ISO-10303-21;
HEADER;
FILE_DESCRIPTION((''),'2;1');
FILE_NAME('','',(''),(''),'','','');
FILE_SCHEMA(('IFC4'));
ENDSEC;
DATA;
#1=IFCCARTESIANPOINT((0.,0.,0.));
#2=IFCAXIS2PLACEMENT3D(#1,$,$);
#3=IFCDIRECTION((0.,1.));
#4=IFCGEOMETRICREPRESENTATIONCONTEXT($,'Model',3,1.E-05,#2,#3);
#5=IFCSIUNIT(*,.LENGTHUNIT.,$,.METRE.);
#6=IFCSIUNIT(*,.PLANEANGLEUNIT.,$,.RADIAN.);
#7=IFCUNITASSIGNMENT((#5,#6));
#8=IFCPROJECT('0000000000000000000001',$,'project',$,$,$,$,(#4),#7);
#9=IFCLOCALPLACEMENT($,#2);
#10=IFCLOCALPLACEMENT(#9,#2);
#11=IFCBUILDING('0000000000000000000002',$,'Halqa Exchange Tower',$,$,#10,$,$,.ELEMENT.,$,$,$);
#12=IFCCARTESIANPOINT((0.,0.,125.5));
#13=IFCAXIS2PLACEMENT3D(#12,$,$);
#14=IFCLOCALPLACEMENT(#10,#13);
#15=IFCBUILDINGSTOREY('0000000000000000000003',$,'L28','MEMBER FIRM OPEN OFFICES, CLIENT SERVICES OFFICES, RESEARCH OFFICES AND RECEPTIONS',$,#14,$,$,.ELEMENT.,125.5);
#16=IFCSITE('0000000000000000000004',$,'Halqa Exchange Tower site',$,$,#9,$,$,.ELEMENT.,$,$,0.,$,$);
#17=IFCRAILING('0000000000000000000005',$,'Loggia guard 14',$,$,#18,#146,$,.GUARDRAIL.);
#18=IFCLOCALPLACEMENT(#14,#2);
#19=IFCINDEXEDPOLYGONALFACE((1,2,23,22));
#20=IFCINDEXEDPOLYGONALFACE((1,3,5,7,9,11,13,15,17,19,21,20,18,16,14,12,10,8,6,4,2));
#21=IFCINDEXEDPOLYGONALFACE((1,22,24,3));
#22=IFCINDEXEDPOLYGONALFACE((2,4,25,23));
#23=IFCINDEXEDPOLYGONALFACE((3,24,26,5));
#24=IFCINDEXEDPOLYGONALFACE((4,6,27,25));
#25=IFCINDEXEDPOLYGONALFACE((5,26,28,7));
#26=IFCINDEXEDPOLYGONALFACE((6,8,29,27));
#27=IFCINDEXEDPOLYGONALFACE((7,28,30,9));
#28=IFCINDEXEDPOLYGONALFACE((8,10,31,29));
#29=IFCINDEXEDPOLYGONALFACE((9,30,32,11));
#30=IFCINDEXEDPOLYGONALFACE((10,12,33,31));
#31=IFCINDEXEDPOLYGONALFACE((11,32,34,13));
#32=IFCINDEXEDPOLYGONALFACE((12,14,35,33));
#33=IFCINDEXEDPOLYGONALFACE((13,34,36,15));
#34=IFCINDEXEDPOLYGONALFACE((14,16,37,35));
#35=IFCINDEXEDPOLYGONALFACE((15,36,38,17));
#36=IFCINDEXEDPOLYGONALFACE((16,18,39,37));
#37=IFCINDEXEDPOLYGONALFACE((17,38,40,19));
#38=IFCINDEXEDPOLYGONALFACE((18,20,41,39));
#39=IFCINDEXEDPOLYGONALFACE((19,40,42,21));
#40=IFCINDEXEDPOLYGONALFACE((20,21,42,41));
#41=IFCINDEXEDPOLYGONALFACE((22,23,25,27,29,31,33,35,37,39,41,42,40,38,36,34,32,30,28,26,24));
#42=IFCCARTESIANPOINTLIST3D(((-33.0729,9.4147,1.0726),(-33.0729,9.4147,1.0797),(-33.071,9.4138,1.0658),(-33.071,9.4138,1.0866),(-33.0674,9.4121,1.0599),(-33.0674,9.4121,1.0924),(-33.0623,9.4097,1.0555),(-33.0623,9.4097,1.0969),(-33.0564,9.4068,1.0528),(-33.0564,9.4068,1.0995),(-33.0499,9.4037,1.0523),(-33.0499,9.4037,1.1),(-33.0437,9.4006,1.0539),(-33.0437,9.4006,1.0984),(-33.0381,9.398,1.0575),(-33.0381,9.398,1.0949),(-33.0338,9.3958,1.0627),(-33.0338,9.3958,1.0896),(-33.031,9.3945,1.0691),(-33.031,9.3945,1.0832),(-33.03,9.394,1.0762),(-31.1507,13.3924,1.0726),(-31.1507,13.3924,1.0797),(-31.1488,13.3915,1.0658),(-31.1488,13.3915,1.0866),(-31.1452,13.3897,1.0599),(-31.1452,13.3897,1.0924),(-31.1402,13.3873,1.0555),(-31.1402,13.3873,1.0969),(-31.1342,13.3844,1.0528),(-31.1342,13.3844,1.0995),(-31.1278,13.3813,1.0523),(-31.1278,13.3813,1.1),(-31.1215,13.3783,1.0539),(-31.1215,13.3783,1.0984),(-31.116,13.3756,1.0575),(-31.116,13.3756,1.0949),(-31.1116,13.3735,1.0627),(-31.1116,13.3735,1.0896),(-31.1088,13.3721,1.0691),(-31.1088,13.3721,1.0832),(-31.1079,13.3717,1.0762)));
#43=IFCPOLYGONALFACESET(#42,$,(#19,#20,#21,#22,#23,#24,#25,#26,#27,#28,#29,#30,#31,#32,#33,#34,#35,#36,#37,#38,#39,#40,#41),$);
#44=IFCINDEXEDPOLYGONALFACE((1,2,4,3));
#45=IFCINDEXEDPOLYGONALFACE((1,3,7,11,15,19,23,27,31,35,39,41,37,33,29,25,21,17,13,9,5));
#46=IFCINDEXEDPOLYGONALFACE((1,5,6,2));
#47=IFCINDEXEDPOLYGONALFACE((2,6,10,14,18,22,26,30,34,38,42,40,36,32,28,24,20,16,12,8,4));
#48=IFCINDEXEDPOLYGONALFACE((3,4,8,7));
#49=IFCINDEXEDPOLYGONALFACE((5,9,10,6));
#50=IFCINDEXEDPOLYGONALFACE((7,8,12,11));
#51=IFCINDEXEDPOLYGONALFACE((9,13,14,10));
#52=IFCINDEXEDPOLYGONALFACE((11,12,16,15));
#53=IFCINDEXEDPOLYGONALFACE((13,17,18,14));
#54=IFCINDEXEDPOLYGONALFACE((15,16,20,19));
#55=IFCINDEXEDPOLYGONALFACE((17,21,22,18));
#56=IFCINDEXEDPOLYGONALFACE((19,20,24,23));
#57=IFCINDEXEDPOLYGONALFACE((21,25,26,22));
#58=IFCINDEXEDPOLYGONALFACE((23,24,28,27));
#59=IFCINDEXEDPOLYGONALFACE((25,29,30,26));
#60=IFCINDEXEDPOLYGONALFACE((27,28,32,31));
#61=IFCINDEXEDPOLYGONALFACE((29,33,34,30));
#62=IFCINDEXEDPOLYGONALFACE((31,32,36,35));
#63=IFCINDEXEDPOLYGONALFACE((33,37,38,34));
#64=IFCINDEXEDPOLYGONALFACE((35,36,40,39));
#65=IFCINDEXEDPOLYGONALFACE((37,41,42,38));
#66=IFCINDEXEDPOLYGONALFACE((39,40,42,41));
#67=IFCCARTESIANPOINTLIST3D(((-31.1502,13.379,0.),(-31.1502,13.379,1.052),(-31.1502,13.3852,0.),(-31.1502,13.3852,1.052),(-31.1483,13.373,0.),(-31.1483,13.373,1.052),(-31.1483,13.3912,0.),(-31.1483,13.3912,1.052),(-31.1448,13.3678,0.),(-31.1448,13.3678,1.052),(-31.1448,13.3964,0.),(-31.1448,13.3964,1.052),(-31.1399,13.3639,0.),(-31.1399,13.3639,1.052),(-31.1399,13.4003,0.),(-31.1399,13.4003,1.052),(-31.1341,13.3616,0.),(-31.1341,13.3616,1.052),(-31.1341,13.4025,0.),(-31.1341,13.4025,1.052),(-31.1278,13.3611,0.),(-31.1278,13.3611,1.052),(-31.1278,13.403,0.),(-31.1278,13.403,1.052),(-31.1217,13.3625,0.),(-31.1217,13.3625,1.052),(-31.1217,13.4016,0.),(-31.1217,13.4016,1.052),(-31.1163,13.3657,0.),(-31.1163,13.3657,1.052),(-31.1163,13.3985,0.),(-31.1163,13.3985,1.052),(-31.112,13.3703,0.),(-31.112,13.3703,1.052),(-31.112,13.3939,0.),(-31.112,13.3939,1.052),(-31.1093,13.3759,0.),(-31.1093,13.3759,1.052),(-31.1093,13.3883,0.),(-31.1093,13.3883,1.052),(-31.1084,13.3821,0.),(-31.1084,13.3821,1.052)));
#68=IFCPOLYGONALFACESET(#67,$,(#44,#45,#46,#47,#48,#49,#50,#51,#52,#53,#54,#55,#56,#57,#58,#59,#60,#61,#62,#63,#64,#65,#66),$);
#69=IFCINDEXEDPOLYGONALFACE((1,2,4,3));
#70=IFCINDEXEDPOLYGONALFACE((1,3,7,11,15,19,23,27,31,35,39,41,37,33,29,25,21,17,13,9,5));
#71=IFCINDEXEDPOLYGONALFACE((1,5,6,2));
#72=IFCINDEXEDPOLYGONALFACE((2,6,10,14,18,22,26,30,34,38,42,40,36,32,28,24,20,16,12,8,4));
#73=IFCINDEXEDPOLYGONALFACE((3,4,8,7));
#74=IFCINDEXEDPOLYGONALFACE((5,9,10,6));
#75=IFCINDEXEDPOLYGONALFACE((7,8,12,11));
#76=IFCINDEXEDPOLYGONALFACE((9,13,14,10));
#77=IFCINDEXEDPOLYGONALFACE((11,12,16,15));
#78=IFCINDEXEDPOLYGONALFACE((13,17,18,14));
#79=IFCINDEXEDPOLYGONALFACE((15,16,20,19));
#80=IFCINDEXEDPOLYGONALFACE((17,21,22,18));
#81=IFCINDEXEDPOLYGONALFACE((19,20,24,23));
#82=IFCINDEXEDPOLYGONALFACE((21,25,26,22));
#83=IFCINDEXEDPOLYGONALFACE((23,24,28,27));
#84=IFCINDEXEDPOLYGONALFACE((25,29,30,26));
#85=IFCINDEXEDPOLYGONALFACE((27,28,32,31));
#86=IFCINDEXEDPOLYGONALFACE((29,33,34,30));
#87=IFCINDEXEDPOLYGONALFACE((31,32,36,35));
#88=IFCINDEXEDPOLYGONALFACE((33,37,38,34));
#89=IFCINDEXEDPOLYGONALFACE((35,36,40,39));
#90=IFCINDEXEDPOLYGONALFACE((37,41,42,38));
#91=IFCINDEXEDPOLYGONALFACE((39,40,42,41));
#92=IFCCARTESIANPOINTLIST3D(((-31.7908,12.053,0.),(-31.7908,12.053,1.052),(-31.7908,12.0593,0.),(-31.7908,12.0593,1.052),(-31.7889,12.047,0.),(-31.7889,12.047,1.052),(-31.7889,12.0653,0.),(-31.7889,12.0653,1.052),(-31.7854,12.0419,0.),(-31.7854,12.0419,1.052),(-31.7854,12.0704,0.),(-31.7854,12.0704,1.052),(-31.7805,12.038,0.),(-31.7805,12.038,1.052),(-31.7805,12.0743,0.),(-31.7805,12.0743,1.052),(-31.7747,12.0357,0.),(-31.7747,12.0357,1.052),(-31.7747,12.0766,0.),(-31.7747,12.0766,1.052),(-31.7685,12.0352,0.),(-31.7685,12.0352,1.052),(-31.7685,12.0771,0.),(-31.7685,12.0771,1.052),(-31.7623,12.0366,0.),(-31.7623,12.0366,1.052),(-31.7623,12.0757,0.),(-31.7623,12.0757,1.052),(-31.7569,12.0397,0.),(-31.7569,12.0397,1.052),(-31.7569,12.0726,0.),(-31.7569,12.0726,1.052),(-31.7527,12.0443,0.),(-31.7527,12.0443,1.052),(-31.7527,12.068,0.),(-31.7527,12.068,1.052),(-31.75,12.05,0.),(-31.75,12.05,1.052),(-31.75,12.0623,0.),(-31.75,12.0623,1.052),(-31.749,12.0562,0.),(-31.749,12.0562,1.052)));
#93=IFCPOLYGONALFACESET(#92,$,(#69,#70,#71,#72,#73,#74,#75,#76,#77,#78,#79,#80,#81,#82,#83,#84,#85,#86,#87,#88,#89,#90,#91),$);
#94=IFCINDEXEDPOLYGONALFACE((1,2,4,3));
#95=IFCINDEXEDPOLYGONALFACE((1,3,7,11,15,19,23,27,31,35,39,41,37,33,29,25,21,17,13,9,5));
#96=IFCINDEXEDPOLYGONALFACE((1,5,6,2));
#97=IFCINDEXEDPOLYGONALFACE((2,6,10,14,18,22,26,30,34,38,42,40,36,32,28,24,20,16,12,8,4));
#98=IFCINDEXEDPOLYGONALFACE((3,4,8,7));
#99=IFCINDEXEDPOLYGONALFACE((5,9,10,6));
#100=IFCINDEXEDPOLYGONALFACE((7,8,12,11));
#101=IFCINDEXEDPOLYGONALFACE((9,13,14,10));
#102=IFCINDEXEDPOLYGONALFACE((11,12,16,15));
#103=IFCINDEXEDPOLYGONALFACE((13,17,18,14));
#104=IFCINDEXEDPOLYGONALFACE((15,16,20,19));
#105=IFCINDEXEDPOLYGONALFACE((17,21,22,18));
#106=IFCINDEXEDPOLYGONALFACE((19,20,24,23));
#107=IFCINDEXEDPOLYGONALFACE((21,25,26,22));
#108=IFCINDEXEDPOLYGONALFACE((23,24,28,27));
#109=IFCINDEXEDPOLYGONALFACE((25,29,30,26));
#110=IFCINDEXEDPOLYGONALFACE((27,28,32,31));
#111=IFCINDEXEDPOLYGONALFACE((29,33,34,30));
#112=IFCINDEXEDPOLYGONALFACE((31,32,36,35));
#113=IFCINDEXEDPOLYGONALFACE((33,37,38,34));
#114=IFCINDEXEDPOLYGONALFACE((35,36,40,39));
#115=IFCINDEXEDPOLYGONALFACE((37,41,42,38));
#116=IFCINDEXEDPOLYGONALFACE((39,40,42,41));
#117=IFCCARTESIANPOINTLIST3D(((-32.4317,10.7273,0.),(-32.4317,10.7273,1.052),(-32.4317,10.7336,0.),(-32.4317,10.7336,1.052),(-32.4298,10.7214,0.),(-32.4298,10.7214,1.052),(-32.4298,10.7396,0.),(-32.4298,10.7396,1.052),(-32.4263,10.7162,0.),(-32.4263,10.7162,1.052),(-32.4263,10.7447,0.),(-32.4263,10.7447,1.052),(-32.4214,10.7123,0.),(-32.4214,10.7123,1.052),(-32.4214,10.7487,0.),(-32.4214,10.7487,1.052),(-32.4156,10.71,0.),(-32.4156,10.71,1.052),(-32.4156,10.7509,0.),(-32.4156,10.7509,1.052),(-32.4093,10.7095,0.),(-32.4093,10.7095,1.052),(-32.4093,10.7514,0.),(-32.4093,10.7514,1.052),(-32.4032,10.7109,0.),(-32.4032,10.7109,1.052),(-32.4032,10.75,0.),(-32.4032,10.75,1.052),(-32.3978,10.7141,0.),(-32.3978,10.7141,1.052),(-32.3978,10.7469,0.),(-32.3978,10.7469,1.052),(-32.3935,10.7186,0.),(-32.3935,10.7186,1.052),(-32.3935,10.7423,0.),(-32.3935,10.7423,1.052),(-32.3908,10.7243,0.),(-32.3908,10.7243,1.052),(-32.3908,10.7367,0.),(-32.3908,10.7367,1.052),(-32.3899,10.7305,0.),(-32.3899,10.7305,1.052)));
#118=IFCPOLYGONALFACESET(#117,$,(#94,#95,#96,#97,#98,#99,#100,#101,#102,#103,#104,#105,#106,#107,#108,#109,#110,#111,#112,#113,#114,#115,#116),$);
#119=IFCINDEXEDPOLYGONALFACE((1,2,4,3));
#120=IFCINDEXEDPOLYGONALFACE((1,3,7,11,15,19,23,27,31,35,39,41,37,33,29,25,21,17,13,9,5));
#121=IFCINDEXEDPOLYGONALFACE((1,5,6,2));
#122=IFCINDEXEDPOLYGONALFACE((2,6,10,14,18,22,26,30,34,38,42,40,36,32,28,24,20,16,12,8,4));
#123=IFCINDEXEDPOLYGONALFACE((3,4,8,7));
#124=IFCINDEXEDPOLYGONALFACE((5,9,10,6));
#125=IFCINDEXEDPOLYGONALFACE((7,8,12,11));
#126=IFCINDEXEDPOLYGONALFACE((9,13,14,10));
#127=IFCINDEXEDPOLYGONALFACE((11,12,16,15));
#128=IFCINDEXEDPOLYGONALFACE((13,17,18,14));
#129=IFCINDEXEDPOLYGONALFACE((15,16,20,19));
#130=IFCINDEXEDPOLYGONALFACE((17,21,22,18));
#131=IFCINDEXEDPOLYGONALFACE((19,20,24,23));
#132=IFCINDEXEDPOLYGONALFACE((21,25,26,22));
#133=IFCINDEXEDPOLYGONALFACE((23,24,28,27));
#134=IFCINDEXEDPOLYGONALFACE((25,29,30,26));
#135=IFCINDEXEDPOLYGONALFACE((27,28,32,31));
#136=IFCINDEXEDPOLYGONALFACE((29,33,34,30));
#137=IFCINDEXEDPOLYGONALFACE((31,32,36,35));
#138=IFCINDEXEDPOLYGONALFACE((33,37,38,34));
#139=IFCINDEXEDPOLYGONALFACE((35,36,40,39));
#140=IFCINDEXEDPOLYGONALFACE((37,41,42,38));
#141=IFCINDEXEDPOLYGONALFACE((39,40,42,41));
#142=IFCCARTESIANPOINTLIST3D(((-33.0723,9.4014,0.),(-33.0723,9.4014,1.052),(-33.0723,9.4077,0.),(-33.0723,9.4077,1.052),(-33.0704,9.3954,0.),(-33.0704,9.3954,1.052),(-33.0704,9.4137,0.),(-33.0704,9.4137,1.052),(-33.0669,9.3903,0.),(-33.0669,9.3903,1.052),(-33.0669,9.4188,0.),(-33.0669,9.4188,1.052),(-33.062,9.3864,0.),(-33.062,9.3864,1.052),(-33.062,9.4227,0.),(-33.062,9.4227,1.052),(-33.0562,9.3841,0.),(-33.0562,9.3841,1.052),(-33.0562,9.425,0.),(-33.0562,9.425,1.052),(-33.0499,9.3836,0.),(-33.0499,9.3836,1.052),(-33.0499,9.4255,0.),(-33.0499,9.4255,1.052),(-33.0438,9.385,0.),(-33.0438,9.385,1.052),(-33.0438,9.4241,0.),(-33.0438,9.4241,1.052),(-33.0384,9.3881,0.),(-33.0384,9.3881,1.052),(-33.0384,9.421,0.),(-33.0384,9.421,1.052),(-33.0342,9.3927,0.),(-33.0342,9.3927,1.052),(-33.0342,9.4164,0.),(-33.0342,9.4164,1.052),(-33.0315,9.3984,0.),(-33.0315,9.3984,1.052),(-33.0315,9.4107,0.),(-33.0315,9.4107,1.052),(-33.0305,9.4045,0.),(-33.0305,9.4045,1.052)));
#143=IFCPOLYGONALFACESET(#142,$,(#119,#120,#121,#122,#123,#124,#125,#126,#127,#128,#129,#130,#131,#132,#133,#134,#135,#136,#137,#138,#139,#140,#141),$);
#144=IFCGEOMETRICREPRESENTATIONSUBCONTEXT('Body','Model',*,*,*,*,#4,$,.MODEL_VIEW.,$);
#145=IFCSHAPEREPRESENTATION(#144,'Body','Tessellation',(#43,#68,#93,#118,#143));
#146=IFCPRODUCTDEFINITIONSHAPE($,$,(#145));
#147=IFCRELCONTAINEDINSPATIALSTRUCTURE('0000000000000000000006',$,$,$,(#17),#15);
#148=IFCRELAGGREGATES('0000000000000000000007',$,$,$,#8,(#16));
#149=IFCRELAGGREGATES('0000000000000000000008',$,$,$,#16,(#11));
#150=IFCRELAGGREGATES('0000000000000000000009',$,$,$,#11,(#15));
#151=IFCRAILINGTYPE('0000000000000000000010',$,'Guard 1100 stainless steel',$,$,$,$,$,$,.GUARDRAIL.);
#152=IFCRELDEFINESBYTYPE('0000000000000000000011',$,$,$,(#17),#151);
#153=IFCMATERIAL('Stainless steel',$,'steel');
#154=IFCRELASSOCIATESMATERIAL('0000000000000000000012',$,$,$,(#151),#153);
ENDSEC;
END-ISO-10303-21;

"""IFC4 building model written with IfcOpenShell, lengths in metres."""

from ifc_helpers import new_model, si_unit, direction, frame, origin, origin_2d, place, context, subcontext, project, spatial, circle, extrude, material, type_object, element, save


model = new_model("IFC4")

# Units and contexts
model_context = context("Model", 3, precision=1e-05, world=origin(), true_north=direction((0.0, 1.0)))
body_context = subcontext(model_context, "Body", "Model", "MODEL_VIEW")
ifc_project = project(units=[si_unit("LENGTHUNIT", "METRE"), si_unit("PLANEANGLEUNIT", "RADIAN")], contexts=[model_context])

# Site, building, storey
site_placement = place(None, origin())
site = spatial("IfcSite", under=ifc_project, at=site_placement, Name="Halqa Exchange Tower site", CompositionType="ELEMENT", RefElevation=0.0)
building_placement = place(site_placement, origin())
building = spatial("IfcBuilding", under=site, at=building_placement, Name="Halqa Exchange Tower", CompositionType="ELEMENT")
storey_placement = place(building_placement, frame((0.0, 0.0, 125.5)))
storey = spatial("IfcBuildingStorey", under=building, at=storey_placement, Name="L28", Description="MEMBER FIRM OPEN OFFICES, CLIENT SERVICES OFFICES, RESEARCH OFFICES AND RECEPTIONS", CompositionType="ELEMENT", Elevation=125.5)

# Railing
ifc_material_1 = material(Name="Stainless steel", Category="steel")
railing_type = type_object("IfcRailingType", Name="Guard 1100 stainless steel", PredefinedType="GUARDRAIL", material=ifc_material_1)
railing_1_placement = place(storey_placement, frame((-31.1294, 13.3821, 0.0)))
element("IfcRailing", 1, at=railing_1_placement, inside=storey, type_object=railing_type, Name="Loggia guard 14", PredefinedType="GUARDRAIL", context=body_context, shape_type="SweptSolid", body=[
    extrude(circle(Radius=0.0239, at=origin_2d()), frame((0.0, 0.0, 1.0762), z_axis=(-0.435103, -0.900381, 0.0), x_axis=(0.900381, -0.435103, 0.0)), (0.0, 0.0, 1.0), 4.4177),
    extrude(circle(Radius=0.021, at=origin_2d()), origin(), (0.0, 0.0, 1.0), 1.052),
    extrude(circle(Radius=0.021, at=origin_2d()), frame((-0.6406, -1.3259, 0.0)), (0.0, 0.0, 1.0), 1.052),
    extrude(circle(Radius=0.021, at=origin_2d()), frame((-1.2815, -2.6516, 0.0)), (0.0, 0.0, 1.0), 1.052),
    extrude(circle(Radius=0.021, at=origin_2d()), frame((-1.9221, -3.9775, 0.0)), (0.0, 0.0, 1.0), 1.052),
])

save(model, "model.ifc")
